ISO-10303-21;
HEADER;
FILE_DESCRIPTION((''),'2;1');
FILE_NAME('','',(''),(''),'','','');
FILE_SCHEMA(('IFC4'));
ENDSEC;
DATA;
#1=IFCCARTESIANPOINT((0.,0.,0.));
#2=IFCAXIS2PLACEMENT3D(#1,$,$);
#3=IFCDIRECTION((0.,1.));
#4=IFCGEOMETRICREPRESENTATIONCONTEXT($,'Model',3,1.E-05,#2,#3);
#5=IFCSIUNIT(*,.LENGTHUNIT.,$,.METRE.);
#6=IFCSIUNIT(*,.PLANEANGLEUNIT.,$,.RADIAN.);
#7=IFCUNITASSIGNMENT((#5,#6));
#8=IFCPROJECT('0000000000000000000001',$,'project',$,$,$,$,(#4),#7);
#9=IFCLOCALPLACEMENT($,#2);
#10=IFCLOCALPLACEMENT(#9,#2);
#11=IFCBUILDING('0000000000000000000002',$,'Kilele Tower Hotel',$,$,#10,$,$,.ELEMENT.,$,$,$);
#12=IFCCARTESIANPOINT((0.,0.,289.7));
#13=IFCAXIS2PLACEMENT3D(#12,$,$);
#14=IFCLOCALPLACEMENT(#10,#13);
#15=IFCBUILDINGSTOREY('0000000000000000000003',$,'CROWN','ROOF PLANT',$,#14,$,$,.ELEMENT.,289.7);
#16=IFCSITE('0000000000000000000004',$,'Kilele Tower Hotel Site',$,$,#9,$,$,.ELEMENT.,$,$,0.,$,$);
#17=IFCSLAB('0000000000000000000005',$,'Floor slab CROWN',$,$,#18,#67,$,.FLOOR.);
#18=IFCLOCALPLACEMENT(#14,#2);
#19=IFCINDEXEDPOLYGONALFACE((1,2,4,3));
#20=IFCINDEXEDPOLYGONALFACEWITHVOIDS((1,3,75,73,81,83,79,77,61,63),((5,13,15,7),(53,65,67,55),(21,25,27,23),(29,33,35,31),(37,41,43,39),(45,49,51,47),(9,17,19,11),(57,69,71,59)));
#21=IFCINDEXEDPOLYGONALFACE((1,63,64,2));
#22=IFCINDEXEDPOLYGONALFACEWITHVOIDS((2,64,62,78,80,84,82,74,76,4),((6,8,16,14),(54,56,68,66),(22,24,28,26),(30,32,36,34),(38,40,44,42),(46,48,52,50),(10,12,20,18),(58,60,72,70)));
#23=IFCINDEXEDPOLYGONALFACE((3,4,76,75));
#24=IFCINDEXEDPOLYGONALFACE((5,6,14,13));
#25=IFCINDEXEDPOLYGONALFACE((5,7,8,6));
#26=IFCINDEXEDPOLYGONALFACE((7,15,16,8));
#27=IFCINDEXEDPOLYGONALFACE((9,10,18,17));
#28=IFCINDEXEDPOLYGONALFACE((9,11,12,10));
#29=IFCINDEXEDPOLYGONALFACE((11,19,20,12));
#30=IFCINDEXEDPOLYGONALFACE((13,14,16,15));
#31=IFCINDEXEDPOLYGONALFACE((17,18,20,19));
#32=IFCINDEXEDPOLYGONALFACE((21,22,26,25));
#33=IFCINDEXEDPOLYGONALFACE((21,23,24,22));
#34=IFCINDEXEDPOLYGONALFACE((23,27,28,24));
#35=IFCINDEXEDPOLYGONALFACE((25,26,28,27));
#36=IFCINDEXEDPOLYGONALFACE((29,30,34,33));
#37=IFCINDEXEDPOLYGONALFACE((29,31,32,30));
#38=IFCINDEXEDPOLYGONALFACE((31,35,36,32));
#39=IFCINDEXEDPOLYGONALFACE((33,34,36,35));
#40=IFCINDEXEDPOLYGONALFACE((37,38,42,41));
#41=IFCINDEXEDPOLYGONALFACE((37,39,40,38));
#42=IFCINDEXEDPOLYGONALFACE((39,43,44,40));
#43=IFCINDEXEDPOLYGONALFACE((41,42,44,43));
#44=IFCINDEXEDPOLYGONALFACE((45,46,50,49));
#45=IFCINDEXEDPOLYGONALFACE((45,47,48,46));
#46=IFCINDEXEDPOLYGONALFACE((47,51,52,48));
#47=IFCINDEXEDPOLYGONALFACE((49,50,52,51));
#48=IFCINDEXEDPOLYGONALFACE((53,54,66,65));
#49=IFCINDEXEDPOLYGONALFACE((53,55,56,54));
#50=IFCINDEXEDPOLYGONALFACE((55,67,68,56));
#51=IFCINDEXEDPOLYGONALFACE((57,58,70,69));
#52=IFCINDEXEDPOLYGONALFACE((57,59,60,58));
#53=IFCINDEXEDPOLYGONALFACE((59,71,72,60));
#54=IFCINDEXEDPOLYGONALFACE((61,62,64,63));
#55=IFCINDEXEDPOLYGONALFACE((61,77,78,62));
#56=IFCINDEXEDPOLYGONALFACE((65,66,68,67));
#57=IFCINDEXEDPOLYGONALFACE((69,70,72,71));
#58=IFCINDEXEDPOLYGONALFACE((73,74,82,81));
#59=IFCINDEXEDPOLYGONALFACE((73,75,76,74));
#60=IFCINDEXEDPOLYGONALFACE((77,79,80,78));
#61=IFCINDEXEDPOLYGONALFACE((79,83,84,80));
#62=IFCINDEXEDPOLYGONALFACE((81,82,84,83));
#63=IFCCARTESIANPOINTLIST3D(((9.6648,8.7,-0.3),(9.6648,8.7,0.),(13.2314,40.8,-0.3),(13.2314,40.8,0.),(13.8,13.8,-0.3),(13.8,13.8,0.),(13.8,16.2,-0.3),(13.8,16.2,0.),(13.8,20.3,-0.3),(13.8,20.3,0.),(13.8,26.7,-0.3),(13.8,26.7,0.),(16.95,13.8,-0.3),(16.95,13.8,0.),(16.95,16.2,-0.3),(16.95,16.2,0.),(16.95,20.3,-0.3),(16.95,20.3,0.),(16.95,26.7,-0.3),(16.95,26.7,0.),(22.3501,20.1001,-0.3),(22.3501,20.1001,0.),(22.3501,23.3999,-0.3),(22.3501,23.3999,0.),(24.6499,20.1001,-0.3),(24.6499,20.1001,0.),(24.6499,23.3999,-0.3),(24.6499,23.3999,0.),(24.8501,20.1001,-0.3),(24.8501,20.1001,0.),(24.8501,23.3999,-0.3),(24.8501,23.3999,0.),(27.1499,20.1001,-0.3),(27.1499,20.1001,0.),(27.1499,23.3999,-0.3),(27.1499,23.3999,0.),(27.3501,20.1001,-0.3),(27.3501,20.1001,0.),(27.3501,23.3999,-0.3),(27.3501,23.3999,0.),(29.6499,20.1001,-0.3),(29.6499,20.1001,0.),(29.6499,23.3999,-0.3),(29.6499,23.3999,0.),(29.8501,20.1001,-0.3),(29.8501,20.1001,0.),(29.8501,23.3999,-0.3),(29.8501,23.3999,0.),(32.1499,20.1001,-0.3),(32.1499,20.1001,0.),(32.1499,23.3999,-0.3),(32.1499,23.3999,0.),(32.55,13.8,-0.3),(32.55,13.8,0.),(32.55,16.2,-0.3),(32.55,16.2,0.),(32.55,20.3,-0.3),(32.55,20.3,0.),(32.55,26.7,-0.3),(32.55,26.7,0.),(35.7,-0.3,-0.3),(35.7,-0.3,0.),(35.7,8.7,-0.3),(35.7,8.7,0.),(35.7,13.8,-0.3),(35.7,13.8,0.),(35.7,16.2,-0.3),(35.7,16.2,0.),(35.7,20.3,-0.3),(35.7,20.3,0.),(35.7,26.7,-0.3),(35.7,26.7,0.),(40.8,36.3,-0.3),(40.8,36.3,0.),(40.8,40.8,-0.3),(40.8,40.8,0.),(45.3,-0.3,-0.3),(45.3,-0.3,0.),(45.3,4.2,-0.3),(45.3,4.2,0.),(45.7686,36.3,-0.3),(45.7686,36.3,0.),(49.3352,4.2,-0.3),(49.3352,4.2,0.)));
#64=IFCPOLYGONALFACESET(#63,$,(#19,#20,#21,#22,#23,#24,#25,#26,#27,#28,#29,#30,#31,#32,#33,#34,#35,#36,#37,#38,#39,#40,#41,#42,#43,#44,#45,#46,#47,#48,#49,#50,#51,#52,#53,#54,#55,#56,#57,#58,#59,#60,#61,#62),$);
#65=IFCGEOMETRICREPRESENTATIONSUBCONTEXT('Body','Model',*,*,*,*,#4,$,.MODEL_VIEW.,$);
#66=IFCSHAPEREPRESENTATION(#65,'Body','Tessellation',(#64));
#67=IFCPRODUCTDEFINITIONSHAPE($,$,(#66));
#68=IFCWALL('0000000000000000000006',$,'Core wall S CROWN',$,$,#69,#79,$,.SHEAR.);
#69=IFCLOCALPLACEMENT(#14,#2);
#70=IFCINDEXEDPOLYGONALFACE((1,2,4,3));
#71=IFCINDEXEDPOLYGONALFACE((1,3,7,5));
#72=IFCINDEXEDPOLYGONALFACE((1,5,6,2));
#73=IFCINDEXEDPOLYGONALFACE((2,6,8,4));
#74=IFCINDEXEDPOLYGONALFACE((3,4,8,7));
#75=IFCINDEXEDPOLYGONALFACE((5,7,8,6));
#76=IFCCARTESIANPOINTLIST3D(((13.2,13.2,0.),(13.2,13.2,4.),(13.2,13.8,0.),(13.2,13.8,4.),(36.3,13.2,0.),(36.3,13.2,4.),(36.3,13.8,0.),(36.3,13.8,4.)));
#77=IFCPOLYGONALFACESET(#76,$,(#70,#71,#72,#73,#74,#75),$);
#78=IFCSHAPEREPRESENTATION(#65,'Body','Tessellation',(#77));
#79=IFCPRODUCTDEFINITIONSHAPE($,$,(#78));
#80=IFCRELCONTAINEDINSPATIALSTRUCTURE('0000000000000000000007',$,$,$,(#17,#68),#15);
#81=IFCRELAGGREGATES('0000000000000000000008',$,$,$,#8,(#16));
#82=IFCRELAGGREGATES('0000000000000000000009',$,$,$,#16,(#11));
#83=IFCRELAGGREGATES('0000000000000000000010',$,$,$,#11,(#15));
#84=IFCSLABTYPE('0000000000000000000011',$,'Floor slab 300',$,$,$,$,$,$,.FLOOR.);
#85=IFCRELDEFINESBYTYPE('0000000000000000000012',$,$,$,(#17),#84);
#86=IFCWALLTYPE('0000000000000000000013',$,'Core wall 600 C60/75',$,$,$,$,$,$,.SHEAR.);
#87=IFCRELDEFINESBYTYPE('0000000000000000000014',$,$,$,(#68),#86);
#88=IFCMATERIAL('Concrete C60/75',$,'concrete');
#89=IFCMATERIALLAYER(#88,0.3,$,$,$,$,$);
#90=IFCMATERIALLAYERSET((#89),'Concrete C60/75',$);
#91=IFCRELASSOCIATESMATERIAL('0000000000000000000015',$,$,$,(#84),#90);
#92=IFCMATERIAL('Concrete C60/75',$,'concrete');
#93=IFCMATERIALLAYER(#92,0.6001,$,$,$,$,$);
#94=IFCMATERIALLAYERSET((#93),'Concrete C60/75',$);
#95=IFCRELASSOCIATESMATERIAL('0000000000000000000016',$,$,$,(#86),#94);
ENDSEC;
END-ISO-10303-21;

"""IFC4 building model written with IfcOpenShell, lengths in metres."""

from ifc_helpers import new_model, si_unit, direction, frame, frame_2d, origin, place, context, subcontext, project, spatial, polyline, rectangle, outline, extrude, material, layer, layer_set, type_object, element, save


model = new_model("IFC4")

# Units and contexts
model_context = context("Model", 3, precision=1e-05, world=origin(), true_north=direction((0.0, 1.0)))
body_context = subcontext(model_context, "Body", "Model", "MODEL_VIEW")
ifc_project = project(units=[si_unit("LENGTHUNIT", "METRE"), si_unit("PLANEANGLEUNIT", "RADIAN")], contexts=[model_context])

# Site, building, storey
site_placement = place(None, origin())
site = spatial("IfcSite", under=ifc_project, at=site_placement, Name="Kilele Tower Hotel Site", CompositionType="ELEMENT", RefElevation=0.0)
building_placement = place(site_placement, origin())
building = spatial("IfcBuilding", under=site, at=building_placement, Name="Kilele Tower Hotel", CompositionType="ELEMENT")
storey_placement = place(building_placement, frame((0.0, 0.0, 289.7)))
storey = spatial("IfcBuildingStorey", under=building, at=storey_placement, Name="CROWN", Description="ROOF PLANT", CompositionType="ELEMENT", Elevation=289.7)

# Slab
ifc_material_1 = material(Name="Concrete C60/75", Category="concrete")
ifc_layer_1 = layer(ifc_material_1, 0.3)
ifc_layer_set_1 = layer_set([ifc_layer_1], Name="Concrete C60/75")
slab_type_1 = type_object("IfcSlabType", Name="Floor slab 300", PredefinedType="FLOOR", material=ifc_layer_set_1)
slab_1_placement = place(storey_placement, frame((0.0, 0.0, -0.3)))
element("IfcSlab", 1, at=slab_1_placement, inside=storey, type_object=slab_type_1, Name="Floor slab CROWN", PredefinedType="FLOOR", context=body_context, shape_type="SweptSolid", body=[
    extrude(outline(polyline([(40.8, 40.8), (40.8, 36.3), (45.7686, 36.3), (49.3352, 4.2), (45.3, 4.2), (45.3, -0.3), (35.7, -0.3), (35.7, 8.7), (9.6648, 8.7), (13.2314, 40.8), (40.8, 40.8)]), holes=[polyline([(16.95, 16.2), (13.8, 16.2), (13.8, 13.8), (16.95, 13.8), (16.95, 16.2)]), polyline([(35.7, 16.2), (32.55, 16.2), (32.55, 13.8), (35.7, 13.8), (35.7, 16.2)]), polyline([(24.6499, 23.3999), (22.3501, 23.3999), (22.3501, 20.1001), (24.6499, 20.1001), (24.6499, 23.3999)]), polyline([(27.1499, 23.3999), (24.8501, 23.3999), (24.8501, 20.1001), (27.1499, 20.1001), (27.1499, 23.3999)]), polyline([(29.6499, 23.3999), (27.3501, 23.3999), (27.3501, 20.1001), (29.6499, 20.1001), (29.6499, 23.3999)]), polyline([(32.1499, 23.3999), (29.8501, 23.3999), (29.8501, 20.1001), (32.1499, 20.1001), (32.1499, 23.3999)]), polyline([(16.95, 26.7), (13.8, 26.7), (13.8, 20.3), (16.95, 20.3), (16.95, 26.7)]), polyline([(35.7, 26.7), (32.55, 26.7), (32.55, 20.3), (35.7, 20.3), (35.7, 26.7)])]), origin(), (0.0, 0.0, 1.0), 0.3),
])

# Wall
ifc_material_2 = material(Name="Concrete C60/75", Category="concrete")
ifc_layer_2 = layer(ifc_material_2, 0.6001)
ifc_layer_set_2 = layer_set([ifc_layer_2], Name="Concrete C60/75")
wall_type_1 = type_object("IfcWallType", Name="Core wall 600 C60/75", PredefinedType="SHEAR", material=ifc_layer_set_2)
wall_1_placement = place(storey_placement, frame((13.2, 13.5, 0.0), z_axis=(0.0, 0.0, 1.0), x_axis=(1.0, 0.0, 0.0)))
element("IfcWall", 2, at=wall_1_placement, inside=storey, type_object=wall_type_1, Name="Core wall S CROWN", PredefinedType="SHEAR", context=body_context, shape_type="SweptSolid", body=[
    extrude(rectangle(XDim=23.1001, YDim=0.6001, at=frame_2d((11.55, 0.0))), origin(), (0.0, 0.0, 1.0), 4.0),
])

save(model, "model.ifc")
